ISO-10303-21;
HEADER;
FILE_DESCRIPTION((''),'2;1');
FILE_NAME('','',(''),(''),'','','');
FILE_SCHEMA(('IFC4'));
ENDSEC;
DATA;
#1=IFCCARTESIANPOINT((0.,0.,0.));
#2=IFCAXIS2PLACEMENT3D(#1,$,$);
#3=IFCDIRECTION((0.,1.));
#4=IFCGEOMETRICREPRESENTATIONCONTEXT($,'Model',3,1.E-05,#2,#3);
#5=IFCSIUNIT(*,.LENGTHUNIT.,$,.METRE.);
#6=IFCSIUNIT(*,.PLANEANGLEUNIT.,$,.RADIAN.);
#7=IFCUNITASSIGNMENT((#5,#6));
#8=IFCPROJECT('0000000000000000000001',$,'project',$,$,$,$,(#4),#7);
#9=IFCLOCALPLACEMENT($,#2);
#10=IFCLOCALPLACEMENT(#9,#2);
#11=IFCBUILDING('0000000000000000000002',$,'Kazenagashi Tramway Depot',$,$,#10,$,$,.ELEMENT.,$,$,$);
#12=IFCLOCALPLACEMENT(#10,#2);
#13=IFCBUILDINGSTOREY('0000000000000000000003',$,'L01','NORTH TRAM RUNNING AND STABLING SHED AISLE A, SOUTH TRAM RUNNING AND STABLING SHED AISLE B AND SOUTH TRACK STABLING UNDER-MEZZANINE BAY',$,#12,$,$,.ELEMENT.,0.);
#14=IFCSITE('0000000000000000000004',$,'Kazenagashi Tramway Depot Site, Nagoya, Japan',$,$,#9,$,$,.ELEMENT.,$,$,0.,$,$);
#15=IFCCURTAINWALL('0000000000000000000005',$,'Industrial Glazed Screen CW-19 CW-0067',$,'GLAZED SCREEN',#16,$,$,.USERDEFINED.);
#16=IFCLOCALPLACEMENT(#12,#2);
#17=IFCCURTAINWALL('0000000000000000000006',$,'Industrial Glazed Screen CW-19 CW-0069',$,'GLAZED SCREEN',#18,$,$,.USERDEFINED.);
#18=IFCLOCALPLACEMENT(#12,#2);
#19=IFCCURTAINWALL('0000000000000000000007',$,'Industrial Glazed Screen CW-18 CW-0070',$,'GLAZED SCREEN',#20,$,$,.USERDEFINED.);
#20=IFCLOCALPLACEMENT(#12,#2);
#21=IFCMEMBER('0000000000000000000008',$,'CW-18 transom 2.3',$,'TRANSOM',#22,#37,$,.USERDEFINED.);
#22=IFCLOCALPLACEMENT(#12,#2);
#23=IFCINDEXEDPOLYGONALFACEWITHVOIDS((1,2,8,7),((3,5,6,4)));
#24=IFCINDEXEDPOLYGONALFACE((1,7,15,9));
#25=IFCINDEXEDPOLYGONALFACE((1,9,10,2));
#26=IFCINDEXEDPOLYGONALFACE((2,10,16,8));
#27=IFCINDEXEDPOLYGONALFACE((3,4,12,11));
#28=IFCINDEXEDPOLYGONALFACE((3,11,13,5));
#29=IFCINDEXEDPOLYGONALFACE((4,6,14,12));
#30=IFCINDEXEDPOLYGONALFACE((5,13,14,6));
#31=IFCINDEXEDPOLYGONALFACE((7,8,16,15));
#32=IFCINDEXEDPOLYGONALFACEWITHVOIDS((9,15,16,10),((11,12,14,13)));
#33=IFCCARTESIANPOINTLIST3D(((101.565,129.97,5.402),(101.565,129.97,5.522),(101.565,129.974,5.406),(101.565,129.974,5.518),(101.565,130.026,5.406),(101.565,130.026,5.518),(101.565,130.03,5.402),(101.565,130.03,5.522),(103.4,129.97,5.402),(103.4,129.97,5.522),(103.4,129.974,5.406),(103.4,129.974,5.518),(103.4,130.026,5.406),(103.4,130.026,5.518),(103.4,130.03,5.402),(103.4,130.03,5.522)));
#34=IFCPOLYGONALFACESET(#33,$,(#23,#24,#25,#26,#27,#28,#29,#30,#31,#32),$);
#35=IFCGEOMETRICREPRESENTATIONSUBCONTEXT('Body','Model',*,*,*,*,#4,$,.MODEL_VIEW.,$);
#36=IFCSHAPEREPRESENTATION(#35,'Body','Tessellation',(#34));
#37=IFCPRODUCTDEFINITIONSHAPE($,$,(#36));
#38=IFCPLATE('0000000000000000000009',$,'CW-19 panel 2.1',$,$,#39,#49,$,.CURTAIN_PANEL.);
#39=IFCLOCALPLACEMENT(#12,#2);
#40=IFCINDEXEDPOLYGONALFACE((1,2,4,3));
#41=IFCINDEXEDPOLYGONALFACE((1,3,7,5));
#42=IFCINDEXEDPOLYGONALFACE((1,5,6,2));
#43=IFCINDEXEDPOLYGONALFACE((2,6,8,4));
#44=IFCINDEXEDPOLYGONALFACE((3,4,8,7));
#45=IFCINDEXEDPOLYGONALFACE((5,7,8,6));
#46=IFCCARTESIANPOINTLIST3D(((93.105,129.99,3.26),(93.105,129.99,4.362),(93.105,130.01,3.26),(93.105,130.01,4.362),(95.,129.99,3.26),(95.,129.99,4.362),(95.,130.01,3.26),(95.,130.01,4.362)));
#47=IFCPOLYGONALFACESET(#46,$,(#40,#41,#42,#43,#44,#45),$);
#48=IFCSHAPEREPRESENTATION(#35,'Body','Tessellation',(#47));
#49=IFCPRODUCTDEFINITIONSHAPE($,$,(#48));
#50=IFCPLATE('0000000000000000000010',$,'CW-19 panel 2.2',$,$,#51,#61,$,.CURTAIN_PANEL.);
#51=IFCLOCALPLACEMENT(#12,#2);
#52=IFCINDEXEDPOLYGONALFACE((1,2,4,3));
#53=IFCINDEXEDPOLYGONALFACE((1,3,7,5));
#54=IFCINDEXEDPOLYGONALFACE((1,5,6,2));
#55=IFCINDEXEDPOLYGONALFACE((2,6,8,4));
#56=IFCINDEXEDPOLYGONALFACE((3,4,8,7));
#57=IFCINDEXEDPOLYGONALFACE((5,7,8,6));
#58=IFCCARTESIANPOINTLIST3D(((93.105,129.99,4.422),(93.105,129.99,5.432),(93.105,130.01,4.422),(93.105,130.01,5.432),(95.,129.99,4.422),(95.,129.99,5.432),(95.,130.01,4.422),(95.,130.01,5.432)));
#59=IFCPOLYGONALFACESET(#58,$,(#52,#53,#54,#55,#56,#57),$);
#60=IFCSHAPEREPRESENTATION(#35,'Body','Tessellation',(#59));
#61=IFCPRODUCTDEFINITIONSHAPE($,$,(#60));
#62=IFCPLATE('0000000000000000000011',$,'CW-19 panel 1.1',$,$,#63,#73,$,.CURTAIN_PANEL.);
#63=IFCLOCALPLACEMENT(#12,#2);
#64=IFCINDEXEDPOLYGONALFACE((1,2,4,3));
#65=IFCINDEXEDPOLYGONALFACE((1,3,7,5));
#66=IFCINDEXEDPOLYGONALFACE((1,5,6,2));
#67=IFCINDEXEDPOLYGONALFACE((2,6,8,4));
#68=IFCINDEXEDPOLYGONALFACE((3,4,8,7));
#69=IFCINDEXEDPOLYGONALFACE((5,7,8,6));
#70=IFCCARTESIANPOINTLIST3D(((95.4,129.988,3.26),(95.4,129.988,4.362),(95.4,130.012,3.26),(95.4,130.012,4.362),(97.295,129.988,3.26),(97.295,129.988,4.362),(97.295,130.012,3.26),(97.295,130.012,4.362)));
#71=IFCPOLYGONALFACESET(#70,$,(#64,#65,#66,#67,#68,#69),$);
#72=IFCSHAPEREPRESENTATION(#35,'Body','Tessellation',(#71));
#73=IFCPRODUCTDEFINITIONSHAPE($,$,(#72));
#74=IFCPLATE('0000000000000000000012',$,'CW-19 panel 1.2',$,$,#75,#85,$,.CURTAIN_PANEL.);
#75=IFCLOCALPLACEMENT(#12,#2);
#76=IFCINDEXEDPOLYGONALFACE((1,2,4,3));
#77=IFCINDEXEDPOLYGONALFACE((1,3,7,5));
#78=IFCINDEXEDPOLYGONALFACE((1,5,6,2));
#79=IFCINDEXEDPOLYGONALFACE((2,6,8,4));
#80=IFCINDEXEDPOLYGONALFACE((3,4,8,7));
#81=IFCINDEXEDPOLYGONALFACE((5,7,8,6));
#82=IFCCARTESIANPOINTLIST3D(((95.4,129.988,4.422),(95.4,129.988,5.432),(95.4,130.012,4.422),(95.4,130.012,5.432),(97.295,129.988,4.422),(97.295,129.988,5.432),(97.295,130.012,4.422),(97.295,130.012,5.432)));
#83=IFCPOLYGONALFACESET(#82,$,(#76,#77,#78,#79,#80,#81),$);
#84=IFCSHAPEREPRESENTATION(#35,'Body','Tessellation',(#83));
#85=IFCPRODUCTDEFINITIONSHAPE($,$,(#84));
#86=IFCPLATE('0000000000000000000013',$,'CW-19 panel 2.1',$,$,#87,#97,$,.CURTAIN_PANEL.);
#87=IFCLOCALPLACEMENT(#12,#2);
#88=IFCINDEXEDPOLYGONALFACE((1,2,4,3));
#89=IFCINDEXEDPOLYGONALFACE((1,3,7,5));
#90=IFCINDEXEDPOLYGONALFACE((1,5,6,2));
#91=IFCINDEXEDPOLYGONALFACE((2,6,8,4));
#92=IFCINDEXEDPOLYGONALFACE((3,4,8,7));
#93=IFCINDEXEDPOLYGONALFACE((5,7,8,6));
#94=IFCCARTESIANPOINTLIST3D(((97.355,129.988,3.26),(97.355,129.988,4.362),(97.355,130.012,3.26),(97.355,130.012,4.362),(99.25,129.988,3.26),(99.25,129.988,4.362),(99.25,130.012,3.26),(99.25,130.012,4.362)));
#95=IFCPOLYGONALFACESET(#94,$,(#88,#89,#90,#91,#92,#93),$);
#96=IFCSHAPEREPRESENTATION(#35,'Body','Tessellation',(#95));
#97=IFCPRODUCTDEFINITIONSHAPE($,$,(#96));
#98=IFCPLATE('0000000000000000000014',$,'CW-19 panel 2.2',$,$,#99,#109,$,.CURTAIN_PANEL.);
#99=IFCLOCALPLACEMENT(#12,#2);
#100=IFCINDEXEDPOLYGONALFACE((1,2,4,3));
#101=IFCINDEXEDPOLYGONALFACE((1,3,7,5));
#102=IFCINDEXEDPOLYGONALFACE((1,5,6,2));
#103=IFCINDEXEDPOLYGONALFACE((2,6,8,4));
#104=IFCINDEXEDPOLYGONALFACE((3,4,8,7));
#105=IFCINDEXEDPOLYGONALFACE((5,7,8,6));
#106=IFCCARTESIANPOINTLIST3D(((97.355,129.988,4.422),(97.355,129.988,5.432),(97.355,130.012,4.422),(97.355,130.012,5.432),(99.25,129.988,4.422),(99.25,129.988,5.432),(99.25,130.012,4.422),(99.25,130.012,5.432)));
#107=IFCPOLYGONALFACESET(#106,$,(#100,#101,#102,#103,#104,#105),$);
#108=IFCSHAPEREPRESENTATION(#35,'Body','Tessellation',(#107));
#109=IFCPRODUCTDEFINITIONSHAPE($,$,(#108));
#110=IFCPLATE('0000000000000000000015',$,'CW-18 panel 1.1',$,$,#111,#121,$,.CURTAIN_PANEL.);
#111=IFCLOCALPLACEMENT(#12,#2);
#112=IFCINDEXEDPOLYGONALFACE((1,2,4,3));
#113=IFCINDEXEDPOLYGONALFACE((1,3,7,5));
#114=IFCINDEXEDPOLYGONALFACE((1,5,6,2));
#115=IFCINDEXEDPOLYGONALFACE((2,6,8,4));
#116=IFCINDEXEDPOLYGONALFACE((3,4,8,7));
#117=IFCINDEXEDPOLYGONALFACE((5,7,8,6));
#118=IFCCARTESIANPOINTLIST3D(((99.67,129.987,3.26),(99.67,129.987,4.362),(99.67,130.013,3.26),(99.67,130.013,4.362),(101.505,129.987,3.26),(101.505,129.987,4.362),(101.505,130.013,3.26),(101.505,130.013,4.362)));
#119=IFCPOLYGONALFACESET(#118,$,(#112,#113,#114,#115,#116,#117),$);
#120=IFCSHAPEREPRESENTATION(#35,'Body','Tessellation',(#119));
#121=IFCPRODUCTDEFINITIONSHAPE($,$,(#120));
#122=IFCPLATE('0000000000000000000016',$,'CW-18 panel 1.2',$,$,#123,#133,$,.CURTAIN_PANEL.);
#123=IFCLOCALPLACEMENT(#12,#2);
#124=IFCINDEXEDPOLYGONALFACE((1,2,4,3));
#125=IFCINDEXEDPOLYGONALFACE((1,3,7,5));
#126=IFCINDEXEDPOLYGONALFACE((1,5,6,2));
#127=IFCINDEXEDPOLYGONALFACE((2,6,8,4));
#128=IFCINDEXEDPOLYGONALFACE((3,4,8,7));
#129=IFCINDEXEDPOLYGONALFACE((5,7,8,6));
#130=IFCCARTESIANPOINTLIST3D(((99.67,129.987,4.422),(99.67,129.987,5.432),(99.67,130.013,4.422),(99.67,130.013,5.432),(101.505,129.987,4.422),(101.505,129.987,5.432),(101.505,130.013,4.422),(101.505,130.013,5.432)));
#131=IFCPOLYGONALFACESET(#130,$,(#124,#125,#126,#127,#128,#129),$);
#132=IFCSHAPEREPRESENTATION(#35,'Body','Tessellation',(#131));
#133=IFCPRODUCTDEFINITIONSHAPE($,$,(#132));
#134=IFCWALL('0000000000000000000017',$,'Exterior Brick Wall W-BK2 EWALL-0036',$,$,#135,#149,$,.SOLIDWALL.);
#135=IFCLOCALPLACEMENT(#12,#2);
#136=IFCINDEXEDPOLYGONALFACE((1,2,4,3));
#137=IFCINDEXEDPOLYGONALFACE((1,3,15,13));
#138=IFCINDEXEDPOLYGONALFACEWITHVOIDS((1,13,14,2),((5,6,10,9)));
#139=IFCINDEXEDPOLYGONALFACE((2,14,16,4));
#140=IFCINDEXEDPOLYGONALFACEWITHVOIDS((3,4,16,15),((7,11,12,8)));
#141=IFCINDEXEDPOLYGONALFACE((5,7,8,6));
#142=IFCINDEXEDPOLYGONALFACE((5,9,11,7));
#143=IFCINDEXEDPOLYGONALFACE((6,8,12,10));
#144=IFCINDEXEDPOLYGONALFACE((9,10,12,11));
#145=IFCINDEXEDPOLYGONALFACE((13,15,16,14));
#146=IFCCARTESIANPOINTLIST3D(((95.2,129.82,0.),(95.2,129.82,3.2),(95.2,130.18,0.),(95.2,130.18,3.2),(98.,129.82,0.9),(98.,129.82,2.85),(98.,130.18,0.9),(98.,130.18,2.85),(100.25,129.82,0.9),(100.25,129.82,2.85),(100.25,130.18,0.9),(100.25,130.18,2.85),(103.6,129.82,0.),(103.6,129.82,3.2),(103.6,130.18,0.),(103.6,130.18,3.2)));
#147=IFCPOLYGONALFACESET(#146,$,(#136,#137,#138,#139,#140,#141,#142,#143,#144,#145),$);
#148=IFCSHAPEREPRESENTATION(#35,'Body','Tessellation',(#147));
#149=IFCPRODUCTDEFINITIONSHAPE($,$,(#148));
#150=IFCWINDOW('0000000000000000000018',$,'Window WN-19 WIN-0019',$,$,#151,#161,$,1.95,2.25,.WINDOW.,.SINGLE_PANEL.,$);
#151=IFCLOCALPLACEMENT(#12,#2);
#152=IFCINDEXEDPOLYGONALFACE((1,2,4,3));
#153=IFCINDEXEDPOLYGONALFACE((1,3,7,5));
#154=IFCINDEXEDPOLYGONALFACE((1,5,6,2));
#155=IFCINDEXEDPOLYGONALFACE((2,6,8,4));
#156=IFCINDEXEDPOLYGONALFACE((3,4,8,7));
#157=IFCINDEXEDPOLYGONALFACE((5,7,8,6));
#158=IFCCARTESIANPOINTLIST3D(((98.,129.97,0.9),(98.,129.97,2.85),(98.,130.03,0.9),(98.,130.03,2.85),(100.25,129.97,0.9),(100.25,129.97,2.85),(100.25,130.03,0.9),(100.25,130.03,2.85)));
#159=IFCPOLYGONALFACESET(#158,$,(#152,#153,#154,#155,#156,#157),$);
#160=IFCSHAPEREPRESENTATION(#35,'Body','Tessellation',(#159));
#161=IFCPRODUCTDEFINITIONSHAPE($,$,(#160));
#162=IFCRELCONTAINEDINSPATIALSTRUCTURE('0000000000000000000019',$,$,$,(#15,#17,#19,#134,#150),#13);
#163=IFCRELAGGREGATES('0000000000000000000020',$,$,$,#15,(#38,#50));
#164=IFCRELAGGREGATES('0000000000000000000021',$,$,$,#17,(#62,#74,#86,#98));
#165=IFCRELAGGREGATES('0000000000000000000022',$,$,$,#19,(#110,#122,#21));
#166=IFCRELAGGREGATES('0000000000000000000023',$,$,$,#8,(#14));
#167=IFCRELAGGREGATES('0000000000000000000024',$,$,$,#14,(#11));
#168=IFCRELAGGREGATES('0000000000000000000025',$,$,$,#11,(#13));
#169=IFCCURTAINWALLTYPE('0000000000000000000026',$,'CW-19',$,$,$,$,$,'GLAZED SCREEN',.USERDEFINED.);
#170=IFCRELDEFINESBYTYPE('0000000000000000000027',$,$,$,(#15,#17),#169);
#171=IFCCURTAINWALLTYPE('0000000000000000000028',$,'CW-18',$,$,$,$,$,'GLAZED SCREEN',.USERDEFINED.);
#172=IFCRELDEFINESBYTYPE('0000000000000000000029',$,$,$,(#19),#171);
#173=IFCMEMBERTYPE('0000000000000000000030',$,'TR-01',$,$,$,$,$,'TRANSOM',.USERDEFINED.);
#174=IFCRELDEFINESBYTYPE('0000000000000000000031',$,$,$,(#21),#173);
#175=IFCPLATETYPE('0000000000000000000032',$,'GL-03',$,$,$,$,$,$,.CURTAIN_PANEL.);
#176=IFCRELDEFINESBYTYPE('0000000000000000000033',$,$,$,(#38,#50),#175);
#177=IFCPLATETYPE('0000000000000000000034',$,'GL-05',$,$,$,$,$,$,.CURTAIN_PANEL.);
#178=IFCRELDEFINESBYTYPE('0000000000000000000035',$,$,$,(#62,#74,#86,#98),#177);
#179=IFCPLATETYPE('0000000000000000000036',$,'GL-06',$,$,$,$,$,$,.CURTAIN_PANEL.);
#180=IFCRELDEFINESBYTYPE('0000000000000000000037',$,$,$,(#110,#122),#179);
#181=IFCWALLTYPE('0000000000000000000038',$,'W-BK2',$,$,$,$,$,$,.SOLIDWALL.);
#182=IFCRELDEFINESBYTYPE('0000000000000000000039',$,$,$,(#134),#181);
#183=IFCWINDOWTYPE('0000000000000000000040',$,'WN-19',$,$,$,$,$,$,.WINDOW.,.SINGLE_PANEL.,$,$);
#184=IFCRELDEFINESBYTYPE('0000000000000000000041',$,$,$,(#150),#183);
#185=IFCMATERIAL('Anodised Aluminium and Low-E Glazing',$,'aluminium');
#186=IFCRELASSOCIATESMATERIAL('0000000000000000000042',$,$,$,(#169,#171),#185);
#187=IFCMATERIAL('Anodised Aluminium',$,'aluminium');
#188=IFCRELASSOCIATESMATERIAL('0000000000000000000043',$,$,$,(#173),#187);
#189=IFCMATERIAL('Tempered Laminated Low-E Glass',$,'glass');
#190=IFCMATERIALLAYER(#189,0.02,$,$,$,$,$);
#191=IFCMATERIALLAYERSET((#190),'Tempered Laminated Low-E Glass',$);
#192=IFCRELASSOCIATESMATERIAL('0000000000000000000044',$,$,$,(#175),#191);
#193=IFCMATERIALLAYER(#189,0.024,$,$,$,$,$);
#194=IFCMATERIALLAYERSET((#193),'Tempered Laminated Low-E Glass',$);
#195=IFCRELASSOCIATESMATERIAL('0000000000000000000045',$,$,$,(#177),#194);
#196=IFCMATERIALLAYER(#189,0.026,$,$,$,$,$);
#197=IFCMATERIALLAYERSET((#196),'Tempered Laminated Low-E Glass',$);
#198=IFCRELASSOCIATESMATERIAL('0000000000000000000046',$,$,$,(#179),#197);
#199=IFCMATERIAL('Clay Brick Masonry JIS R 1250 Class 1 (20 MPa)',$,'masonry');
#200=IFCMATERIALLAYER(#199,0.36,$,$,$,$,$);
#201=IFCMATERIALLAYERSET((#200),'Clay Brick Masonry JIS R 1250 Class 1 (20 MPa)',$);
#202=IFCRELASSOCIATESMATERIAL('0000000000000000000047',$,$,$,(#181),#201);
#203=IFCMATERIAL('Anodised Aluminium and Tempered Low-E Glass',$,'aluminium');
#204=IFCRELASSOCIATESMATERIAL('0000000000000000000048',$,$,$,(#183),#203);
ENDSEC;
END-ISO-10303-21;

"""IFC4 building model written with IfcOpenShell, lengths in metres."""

from ifc_helpers import new_model, si_unit, direction, frame, frame_2d, origin, origin_2d, place, context, subcontext, project, spatial, rectangle, hollow_rectangle, extrude, material, layer, layer_set, material_profile, profile_set, type_object, element, fill, aggregate, save


model = new_model("IFC4")

# Units and contexts
model_context = context("Model", 3, precision=1e-05, world=origin(), true_north=direction((0.0, 1.0)))
body_context = subcontext(model_context, "Body", "Model", "MODEL_VIEW")
ifc_project = project(units=[si_unit("LENGTHUNIT", "METRE"), si_unit("PLANEANGLEUNIT", "RADIAN")], contexts=[model_context])

# Site, building, storey
site_placement = place(None, origin())
site = spatial("IfcSite", under=ifc_project, at=site_placement, Name="Kazenagashi Tramway Depot Site, Nagoya, Japan", CompositionType="ELEMENT", RefElevation=0.0)
building_placement = place(site_placement, origin())
building = spatial("IfcBuilding", under=site, at=building_placement, Name="Kazenagashi Tramway Depot", CompositionType="ELEMENT")
storey_placement = place(building_placement, origin())
storey = spatial("IfcBuildingStorey", under=building, at=storey_placement, Name="L01", Description="NORTH TRAM RUNNING AND STABLING SHED AISLE A, SOUTH TRAM RUNNING AND STABLING SHED AISLE B AND SOUTH TRACK STABLING UNDER-MEZZANINE BAY", CompositionType="ELEMENT", Elevation=0.0)

# Curtain wall
ifc_material_1 = material(Name="Anodised Aluminium and Low-E Glazing", Category="aluminium")
curtain_wall_type_1 = type_object("IfcCurtainWallType", Name="CW-19", ElementType="GLAZED SCREEN", PredefinedType="USERDEFINED", material=ifc_material_1)
curtain_wall_1_placement = place(storey_placement, origin())
curtain_wall_1 = element("IfcCurtainWall", 1, at=curtain_wall_1_placement, inside=storey, type_object=curtain_wall_type_1, Name="Industrial Glazed Screen CW-19 CW-0067", ObjectType="GLAZED SCREEN", PredefinedType="USERDEFINED")
ifc_material_2 = material(Name="Anodised Aluminium", Category="aluminium")

# Curtain walls
curtain_wall_2_placement = place(storey_placement, origin())
curtain_wall_2 = element("IfcCurtainWall", 2, at=curtain_wall_2_placement, inside=storey, type_object=curtain_wall_type_1, Name="Industrial Glazed Screen CW-19 CW-0069", ObjectType="GLAZED SCREEN", PredefinedType="USERDEFINED")
curtain_wall_type_2 = type_object("IfcCurtainWallType", Name="CW-18", ElementType="GLAZED SCREEN", PredefinedType="USERDEFINED", material=ifc_material_1)
curtain_wall_3_placement = place(storey_placement, origin())
curtain_wall_3 = element("IfcCurtainWall", 3, at=curtain_wall_3_placement, inside=storey, type_object=curtain_wall_type_2, Name="Industrial Glazed Screen CW-18 CW-0070", ObjectType="GLAZED SCREEN", PredefinedType="USERDEFINED")

# Member
ifc_material_profile_1 = material_profile(ifc_material_2, hollow_rectangle(XDim=0.06, YDim=0.12, WallThickness=0.004, at=origin_2d()), Name="RHS-120x60x4")
ifc_profile_set_1 = profile_set([ifc_material_profile_1], Name="Anodised Aluminium")
member_type_1 = type_object("IfcMemberType", Name="TR-01", ElementType="TRANSOM", PredefinedType="USERDEFINED", material=ifc_profile_set_1)
member_1_placement = place(storey_placement, frame((101.565, 130.0, 5.462), z_axis=(1.0, 0.0, 0.0), x_axis=(0.0, 1.0, 0.0)))
member_1 = element("IfcMember", 4, at=member_1_placement, type_object=member_type_1, Name="CW-18 transom 2.3", ObjectType="TRANSOM", PredefinedType="USERDEFINED", context=body_context, shape_type="SweptSolid", body=[
    extrude(hollow_rectangle(XDim=0.06, YDim=0.12, WallThickness=0.004, at=origin_2d()), origin(), (0.0, 0.0, 1.0), 1.835),
])

# Plates
ifc_material_3 = material(Name="Tempered Laminated Low-E Glass", Category="glass")
ifc_layer_1 = layer(ifc_material_3, 0.02)
ifc_layer_set_1 = layer_set([ifc_layer_1], Name="Tempered Laminated Low-E Glass")
plate_type_1 = type_object("IfcPlateType", Name="GL-03", PredefinedType="CURTAIN_PANEL", material=ifc_layer_set_1)
plate_1_placement = place(storey_placement, frame((94.0525, 130.0, 3.26), z_axis=(0.0, 0.0, 1.0), x_axis=(1.0, 0.0, 0.0)))
plate_1 = element("IfcPlate", 5, at=plate_1_placement, type_object=plate_type_1, Name="CW-19 panel 2.1", PredefinedType="CURTAIN_PANEL", context=body_context, shape_type="SweptSolid", body=[
    extrude(rectangle(XDim=1.895, YDim=0.02, at=origin_2d()), origin(), (0.0, 0.0, 1.0), 1.102),
])
plate_2_placement = place(storey_placement, frame((94.0525, 130.0, 4.422), z_axis=(0.0, 0.0, 1.0), x_axis=(1.0, 0.0, 0.0)))
plate_2 = element("IfcPlate", 6, at=plate_2_placement, type_object=plate_type_1, Name="CW-19 panel 2.2", PredefinedType="CURTAIN_PANEL", context=body_context, shape_type="SweptSolid", body=[
    extrude(rectangle(XDim=1.895, YDim=0.02, at=origin_2d()), origin(), (0.0, 0.0, 1.0), 1.01),
])
aggregate(curtain_wall_1, [plate_1, plate_2])
ifc_layer_2 = layer(ifc_material_3, 0.024)
ifc_layer_set_2 = layer_set([ifc_layer_2], Name="Tempered Laminated Low-E Glass")
plate_type_2 = type_object("IfcPlateType", Name="GL-05", PredefinedType="CURTAIN_PANEL", material=ifc_layer_set_2)
plate_3_placement = place(storey_placement, frame((96.3475, 130.0, 3.26), z_axis=(0.0, 0.0, 1.0), x_axis=(1.0, 0.0, 0.0)))
plate_3 = element("IfcPlate", 7, at=plate_3_placement, type_object=plate_type_2, Name="CW-19 panel 1.1", PredefinedType="CURTAIN_PANEL", context=body_context, shape_type="SweptSolid", body=[
    extrude(rectangle(XDim=1.895, YDim=0.024, at=origin_2d()), origin(), (0.0, 0.0, 1.0), 1.102),
])
plate_4_placement = place(storey_placement, frame((96.3475, 130.0, 4.422), z_axis=(0.0, 0.0, 1.0), x_axis=(1.0, 0.0, 0.0)))
plate_4 = element("IfcPlate", 8, at=plate_4_placement, type_object=plate_type_2, Name="CW-19 panel 1.2", PredefinedType="CURTAIN_PANEL", context=body_context, shape_type="SweptSolid", body=[
    extrude(rectangle(XDim=1.895, YDim=0.024, at=origin_2d()), origin(), (0.0, 0.0, 1.0), 1.01),
])
plate_5_placement = place(storey_placement, frame((98.3025, 130.0, 3.26), z_axis=(0.0, 0.0, 1.0), x_axis=(1.0, 0.0, 0.0)))
plate_5 = element("IfcPlate", 9, at=plate_5_placement, type_object=plate_type_2, Name="CW-19 panel 2.1", PredefinedType="CURTAIN_PANEL", context=body_context, shape_type="SweptSolid", body=[
    extrude(rectangle(XDim=1.895, YDim=0.024, at=origin_2d()), origin(), (0.0, 0.0, 1.0), 1.102),
])
plate_6_placement = place(storey_placement, frame((98.3025, 130.0, 4.422), z_axis=(0.0, 0.0, 1.0), x_axis=(1.0, 0.0, 0.0)))
plate_6 = element("IfcPlate", 10, at=plate_6_placement, type_object=plate_type_2, Name="CW-19 panel 2.2", PredefinedType="CURTAIN_PANEL", context=body_context, shape_type="SweptSolid", body=[
    extrude(rectangle(XDim=1.895, YDim=0.024, at=origin_2d()), origin(), (0.0, 0.0, 1.0), 1.01),
])
aggregate(curtain_wall_2, [plate_3, plate_4, plate_5, plate_6])
ifc_layer_3 = layer(ifc_material_3, 0.026)
ifc_layer_set_3 = layer_set([ifc_layer_3], Name="Tempered Laminated Low-E Glass")
plate_type_3 = type_object("IfcPlateType", Name="GL-06", PredefinedType="CURTAIN_PANEL", material=ifc_layer_set_3)
plate_7_placement = place(storey_placement, frame((100.5875, 130.0, 3.26), z_axis=(0.0, 0.0, 1.0), x_axis=(1.0, 0.0, 0.0)))
plate_7 = element("IfcPlate", 11, at=plate_7_placement, type_object=plate_type_3, Name="CW-18 panel 1.1", PredefinedType="CURTAIN_PANEL", context=body_context, shape_type="SweptSolid", body=[
    extrude(rectangle(XDim=1.835, YDim=0.026, at=origin_2d()), origin(), (0.0, 0.0, 1.0), 1.102),
])
plate_8_placement = place(storey_placement, frame((100.5875, 130.0, 4.422), z_axis=(0.0, 0.0, 1.0), x_axis=(1.0, 0.0, 0.0)))
plate_8 = element("IfcPlate", 12, at=plate_8_placement, type_object=plate_type_3, Name="CW-18 panel 1.2", PredefinedType="CURTAIN_PANEL", context=body_context, shape_type="SweptSolid", body=[
    extrude(rectangle(XDim=1.835, YDim=0.026, at=origin_2d()), origin(), (0.0, 0.0, 1.0), 1.01),
])
aggregate(curtain_wall_3, [plate_7, plate_8, member_1])

# Wall, opening, window
ifc_material_4 = material(Name="Clay Brick Masonry JIS R 1250 Class 1 (20 MPa)", Category="masonry")
ifc_layer_4 = layer(ifc_material_4, 0.36)
ifc_layer_set_4 = layer_set([ifc_layer_4], Name="Clay Brick Masonry JIS R 1250 Class 1 (20 MPa)")
wall_type = type_object("IfcWallType", Name="W-BK2", PredefinedType="SOLIDWALL", material=ifc_layer_set_4)
wall_placement = place(storey_placement, frame((95.2, 130.0, 0.0), z_axis=(0.0, 0.0, 1.0), x_axis=(1.0, 0.0, 0.0)))
wall = element("IfcWall", 13, at=wall_placement, inside=storey, type_object=wall_type, Name="Exterior Brick Wall W-BK2 EWALL-0036", PredefinedType="SOLIDWALL", context=body_context, shape_type="SweptSolid", body=[
    extrude(rectangle(XDim=8.4, YDim=0.36, at=frame_2d((4.2, 0.0))), origin(), (0.0, 0.0, 1.0), 3.2),
])
opening_placement = place(wall_placement, frame((2.8, 0.0, 0.9)))
opening = element("IfcOpeningElement", 14, at=opening_placement, cuts=wall, PredefinedType="OPENING", context=body_context, shape_type="SweptSolid", body=[
    extrude(rectangle(XDim=2.25, YDim=1.95, at=frame_2d((1.125, 0.975))), frame((0.0, 0.19, 0.0), z_axis=(0.0, -1.0, 0.0), x_axis=(1.0, 0.0, 0.0)), (0.0, 0.0, 1.0), 0.38),
])
ifc_material_5 = material(Name="Anodised Aluminium and Tempered Low-E Glass", Category="aluminium")
window_type = type_object("IfcWindowType", Name="WN-19", PartitioningType="SINGLE_PANEL", PredefinedType="WINDOW", material=ifc_material_5)
window_placement = place(opening_placement, origin())
window = element("IfcWindow", 15, at=window_placement, inside=storey, type_object=window_type, Name="Window WN-19 WIN-0019", OverallHeight=1.95, OverallWidth=2.25, PartitioningType="SINGLE_PANEL", PredefinedType="WINDOW", context=body_context, shape_type="SweptSolid", body=[
    extrude(rectangle(XDim=2.25, YDim=1.95, at=frame_2d((1.125, 0.975))), frame((0.0, 0.03, 0.0), z_axis=(0.0, -1.0, 0.0), x_axis=(1.0, 0.0, 0.0)), (0.0, 0.0, 1.0), 0.06),
])
fill(opening, window)

save(model, "model.ifc")
